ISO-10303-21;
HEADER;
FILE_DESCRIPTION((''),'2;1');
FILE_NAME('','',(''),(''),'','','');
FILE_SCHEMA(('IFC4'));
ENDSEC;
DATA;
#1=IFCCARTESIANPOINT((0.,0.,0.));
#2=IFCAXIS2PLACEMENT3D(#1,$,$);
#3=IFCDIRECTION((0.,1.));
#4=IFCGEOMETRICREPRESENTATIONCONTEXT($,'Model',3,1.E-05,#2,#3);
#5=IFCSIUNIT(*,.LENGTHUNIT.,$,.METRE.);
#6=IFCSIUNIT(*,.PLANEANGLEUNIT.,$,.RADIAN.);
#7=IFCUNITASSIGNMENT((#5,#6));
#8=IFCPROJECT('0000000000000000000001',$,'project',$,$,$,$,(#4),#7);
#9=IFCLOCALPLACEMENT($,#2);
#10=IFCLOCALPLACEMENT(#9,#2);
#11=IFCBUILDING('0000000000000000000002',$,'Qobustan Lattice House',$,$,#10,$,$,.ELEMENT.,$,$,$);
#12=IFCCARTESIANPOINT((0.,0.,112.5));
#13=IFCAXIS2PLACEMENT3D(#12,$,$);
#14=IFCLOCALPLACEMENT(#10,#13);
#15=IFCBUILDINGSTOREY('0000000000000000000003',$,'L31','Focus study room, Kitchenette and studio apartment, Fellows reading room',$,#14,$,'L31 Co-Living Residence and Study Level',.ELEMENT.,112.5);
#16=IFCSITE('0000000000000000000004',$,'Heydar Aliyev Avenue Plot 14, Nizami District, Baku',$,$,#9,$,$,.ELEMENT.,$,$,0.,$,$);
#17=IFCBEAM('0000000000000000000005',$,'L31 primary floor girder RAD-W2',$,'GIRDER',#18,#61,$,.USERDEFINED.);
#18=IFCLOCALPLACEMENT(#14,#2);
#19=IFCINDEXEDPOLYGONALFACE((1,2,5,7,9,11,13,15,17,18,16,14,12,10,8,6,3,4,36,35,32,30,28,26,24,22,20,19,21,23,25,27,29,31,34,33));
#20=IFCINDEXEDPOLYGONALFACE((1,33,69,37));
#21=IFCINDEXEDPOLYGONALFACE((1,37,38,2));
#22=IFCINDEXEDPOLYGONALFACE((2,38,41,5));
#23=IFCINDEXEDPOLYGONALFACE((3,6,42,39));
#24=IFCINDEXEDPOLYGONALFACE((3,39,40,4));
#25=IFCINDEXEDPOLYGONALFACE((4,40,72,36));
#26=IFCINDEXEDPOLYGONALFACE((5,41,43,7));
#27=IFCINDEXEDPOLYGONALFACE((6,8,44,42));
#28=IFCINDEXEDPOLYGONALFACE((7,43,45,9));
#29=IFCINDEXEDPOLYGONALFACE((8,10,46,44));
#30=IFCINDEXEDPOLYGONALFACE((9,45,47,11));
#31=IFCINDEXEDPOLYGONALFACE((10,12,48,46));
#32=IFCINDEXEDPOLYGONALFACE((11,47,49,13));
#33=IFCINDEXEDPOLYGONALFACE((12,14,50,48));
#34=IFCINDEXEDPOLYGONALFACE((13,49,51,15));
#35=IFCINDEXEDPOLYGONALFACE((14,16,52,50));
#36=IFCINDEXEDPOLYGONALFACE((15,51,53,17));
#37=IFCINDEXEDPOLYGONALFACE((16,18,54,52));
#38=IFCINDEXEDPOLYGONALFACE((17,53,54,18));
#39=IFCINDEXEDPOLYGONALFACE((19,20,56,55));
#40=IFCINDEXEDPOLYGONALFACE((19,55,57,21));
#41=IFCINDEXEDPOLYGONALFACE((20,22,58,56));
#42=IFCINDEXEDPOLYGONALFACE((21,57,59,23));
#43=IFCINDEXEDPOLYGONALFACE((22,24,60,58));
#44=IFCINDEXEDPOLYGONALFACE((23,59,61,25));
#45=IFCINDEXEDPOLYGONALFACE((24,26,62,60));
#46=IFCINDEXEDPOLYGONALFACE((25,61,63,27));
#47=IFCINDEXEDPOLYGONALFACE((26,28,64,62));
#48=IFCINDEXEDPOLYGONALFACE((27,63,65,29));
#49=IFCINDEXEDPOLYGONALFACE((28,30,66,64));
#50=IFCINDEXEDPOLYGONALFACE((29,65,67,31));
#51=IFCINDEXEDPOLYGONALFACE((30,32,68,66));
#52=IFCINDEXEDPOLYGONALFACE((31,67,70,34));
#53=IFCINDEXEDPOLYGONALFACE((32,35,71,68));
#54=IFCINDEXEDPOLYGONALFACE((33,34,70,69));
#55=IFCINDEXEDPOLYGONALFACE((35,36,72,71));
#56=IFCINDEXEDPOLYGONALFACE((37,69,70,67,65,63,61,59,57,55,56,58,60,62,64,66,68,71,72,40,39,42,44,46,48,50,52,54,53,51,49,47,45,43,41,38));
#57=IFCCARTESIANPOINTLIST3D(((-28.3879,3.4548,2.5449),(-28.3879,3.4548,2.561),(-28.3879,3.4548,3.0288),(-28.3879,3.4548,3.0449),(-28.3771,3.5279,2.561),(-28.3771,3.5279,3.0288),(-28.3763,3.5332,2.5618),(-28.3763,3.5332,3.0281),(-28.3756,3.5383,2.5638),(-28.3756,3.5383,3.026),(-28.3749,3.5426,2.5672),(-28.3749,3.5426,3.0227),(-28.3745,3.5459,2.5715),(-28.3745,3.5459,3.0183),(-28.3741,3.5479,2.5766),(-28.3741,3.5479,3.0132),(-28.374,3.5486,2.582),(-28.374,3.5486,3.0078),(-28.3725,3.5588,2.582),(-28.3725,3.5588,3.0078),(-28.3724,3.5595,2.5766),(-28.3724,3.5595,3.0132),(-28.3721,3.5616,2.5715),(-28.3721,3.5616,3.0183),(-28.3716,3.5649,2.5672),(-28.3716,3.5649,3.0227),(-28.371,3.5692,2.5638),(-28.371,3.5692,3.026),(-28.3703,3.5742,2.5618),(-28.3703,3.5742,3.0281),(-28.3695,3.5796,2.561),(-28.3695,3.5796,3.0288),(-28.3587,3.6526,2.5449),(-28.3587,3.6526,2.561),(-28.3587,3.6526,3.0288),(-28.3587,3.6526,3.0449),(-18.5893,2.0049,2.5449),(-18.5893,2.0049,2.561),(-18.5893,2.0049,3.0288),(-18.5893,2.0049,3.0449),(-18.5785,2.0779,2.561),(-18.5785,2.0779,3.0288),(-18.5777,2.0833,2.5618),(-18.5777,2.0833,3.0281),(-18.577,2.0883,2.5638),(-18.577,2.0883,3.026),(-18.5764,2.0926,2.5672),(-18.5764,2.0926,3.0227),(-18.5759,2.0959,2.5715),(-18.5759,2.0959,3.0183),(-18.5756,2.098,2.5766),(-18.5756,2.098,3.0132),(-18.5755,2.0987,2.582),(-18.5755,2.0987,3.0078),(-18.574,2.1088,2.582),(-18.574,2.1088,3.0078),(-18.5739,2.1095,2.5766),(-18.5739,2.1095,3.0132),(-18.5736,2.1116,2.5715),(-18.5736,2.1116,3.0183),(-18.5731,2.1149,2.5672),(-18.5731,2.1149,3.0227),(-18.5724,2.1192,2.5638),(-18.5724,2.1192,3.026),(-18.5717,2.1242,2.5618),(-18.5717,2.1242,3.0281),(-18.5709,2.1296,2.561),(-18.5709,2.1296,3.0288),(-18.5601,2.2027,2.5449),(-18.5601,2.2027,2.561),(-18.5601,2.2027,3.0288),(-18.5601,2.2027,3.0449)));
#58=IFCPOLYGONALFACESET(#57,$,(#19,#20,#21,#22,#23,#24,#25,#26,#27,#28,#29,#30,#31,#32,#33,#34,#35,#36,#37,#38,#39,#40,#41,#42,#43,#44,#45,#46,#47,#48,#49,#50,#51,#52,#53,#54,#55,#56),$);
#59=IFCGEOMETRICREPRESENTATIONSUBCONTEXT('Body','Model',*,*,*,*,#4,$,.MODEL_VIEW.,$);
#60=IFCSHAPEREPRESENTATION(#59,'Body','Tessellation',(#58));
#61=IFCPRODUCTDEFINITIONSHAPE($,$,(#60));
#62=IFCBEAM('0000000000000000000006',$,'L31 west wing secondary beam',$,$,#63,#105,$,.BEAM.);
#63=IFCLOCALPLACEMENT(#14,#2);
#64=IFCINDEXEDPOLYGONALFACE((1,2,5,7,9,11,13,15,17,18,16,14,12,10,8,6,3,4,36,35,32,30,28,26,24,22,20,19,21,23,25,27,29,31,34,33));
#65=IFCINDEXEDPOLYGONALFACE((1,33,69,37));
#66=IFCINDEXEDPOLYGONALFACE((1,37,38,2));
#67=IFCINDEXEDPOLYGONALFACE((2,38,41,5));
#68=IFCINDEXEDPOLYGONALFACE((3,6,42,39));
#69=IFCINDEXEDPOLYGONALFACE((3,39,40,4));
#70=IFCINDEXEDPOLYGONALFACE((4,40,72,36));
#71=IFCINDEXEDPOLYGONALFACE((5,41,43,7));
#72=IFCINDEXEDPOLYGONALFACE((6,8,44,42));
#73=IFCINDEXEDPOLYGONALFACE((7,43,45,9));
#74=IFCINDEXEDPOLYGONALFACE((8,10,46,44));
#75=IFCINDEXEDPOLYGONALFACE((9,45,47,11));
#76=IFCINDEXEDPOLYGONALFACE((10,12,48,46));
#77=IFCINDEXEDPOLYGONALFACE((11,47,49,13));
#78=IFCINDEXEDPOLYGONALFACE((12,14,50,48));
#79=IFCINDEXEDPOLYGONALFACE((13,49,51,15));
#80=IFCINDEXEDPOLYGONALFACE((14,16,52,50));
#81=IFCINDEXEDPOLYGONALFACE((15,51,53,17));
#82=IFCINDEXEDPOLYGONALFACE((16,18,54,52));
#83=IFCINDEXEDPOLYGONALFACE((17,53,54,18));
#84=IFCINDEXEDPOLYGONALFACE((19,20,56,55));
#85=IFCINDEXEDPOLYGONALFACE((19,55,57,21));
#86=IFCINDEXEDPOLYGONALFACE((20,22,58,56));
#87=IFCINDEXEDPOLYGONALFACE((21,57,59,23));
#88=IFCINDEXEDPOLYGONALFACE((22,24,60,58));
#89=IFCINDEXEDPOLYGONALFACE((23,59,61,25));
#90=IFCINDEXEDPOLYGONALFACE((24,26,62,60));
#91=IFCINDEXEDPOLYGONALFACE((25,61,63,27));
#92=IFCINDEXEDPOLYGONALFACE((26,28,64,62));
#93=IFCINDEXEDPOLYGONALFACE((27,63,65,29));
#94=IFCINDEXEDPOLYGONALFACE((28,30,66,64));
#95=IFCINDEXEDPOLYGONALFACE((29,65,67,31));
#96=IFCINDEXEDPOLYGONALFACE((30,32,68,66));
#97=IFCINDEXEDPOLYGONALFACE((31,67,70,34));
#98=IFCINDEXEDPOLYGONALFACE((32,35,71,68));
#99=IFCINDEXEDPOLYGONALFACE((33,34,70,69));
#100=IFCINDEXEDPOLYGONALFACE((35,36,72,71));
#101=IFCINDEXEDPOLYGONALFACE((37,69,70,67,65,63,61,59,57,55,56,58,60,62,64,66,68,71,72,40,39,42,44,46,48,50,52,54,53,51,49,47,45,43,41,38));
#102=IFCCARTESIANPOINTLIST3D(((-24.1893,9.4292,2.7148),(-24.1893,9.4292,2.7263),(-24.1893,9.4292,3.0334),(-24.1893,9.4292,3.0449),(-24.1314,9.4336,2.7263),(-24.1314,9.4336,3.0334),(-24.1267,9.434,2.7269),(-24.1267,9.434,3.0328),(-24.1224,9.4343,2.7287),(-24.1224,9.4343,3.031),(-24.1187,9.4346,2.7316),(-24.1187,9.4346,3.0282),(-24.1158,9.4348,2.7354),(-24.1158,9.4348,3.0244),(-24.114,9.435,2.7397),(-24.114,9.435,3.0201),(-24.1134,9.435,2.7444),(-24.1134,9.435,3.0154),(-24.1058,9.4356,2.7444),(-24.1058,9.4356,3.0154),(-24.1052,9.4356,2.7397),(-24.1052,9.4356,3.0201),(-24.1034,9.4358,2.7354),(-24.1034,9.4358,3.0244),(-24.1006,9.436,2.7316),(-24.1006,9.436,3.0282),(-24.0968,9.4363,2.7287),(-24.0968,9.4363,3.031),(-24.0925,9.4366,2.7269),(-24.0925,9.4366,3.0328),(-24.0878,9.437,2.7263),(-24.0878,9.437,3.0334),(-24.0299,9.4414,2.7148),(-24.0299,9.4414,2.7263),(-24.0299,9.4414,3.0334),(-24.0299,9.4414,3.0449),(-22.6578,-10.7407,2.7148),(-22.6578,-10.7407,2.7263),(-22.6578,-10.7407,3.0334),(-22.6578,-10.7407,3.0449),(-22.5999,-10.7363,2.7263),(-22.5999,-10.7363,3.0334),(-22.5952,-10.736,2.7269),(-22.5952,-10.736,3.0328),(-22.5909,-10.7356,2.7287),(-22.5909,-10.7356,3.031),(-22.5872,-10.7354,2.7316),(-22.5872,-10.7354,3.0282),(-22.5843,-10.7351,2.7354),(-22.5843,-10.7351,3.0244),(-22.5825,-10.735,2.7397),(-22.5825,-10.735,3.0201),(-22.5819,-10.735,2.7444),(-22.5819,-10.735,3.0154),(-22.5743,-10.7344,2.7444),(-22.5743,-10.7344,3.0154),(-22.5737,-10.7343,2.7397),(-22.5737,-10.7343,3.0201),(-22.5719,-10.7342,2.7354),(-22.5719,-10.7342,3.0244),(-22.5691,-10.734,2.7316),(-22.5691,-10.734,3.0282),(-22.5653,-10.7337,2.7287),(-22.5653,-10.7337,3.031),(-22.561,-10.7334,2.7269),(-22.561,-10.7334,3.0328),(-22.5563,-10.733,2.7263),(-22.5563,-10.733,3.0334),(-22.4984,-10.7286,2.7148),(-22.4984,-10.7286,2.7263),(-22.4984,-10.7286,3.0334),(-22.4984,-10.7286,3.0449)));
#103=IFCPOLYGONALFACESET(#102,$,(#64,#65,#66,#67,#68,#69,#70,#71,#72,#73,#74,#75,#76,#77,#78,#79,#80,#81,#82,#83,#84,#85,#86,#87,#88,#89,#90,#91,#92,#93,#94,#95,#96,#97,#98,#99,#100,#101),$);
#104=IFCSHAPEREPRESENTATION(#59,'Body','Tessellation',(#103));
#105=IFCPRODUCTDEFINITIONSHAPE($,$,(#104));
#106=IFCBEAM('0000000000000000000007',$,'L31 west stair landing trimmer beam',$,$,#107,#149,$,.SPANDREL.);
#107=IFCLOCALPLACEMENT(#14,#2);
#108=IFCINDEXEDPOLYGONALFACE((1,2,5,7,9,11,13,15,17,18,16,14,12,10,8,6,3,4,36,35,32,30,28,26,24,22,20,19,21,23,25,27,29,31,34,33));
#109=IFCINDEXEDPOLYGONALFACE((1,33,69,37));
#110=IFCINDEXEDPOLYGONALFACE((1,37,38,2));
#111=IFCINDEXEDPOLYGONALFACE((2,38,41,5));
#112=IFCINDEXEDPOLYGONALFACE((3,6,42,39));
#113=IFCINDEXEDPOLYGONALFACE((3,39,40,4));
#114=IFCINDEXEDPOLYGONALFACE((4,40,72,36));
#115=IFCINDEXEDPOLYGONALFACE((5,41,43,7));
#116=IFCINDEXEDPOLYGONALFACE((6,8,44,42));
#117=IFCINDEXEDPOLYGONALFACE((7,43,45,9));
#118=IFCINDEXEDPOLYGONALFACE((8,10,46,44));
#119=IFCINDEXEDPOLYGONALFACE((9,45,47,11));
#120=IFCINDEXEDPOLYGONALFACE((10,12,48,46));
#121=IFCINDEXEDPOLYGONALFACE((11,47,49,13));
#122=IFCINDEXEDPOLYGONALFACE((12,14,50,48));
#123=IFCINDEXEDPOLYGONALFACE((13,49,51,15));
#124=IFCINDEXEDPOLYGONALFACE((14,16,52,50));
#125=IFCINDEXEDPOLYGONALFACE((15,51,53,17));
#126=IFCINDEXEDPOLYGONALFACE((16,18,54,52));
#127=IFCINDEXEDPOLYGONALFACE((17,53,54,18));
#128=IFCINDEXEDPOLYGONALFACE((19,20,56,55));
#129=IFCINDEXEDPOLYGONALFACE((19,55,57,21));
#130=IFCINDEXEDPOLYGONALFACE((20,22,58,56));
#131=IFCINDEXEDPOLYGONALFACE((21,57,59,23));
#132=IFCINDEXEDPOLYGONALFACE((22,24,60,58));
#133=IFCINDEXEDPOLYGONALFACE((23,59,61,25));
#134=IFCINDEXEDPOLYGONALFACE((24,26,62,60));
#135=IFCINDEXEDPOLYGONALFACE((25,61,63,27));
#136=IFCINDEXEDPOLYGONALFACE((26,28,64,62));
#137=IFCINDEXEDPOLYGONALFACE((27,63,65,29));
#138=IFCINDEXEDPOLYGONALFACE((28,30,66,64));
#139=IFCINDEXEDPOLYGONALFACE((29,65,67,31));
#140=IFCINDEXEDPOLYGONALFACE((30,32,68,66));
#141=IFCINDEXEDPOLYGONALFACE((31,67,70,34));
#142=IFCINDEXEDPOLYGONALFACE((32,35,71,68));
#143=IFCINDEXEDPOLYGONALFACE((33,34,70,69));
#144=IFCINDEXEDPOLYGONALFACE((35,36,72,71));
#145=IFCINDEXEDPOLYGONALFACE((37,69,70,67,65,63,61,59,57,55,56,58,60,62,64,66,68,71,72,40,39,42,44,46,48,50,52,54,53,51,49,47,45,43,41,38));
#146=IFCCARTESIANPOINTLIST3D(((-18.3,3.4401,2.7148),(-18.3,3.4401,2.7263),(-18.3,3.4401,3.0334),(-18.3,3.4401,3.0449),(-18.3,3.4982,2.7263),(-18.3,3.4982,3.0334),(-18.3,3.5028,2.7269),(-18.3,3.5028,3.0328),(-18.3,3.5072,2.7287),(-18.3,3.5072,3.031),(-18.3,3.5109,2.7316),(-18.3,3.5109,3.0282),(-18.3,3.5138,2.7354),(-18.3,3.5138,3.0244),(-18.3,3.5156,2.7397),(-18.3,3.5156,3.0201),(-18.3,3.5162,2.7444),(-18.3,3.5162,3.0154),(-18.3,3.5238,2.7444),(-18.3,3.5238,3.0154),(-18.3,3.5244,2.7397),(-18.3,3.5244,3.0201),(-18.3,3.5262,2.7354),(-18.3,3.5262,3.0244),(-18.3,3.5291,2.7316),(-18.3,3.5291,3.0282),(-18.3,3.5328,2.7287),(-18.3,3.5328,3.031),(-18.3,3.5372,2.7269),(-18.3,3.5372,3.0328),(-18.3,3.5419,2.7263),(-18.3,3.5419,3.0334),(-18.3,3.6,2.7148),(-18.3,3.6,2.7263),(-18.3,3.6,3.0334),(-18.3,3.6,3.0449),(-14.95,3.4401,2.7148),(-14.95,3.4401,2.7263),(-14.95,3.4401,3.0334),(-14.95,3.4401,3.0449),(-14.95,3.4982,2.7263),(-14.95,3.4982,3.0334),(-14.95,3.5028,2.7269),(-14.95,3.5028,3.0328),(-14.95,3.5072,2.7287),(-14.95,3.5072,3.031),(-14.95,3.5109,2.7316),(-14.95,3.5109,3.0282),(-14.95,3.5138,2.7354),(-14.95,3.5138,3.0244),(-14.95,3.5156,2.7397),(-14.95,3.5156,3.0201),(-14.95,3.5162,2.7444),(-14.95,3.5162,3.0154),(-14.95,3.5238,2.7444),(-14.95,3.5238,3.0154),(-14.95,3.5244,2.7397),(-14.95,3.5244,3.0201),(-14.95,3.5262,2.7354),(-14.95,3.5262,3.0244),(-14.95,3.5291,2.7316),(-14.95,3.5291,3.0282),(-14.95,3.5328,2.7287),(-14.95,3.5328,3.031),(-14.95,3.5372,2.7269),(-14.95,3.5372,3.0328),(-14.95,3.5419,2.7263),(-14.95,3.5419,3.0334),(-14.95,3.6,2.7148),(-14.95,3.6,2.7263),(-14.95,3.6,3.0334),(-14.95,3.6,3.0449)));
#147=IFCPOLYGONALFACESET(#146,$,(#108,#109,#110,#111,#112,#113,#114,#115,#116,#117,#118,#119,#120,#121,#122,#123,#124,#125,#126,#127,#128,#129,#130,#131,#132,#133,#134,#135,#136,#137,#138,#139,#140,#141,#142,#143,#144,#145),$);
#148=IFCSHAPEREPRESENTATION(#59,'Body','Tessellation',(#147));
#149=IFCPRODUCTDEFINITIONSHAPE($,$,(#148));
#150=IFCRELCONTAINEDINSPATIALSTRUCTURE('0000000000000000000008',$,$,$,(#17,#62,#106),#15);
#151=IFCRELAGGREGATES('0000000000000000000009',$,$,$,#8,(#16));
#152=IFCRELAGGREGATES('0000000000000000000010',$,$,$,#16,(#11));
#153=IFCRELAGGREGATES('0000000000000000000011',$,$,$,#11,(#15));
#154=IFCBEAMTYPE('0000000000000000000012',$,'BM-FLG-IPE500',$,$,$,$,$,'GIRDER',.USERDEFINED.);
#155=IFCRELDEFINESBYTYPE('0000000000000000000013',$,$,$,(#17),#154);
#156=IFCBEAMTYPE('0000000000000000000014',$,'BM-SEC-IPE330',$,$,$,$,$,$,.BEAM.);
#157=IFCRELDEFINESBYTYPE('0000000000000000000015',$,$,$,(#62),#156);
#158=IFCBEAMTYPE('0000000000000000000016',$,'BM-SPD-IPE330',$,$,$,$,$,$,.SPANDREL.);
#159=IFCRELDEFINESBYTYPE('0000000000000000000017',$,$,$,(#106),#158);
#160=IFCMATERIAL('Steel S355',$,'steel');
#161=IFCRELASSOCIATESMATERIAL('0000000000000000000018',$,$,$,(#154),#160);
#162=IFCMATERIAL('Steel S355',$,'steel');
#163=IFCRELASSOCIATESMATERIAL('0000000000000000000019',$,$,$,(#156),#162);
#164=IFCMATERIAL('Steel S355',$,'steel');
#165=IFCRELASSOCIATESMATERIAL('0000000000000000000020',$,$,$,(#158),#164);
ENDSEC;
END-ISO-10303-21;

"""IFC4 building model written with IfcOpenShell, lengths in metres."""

from ifc_helpers import new_model, si_unit, direction, frame, origin, origin_2d, place, context, subcontext, project, spatial, i_section, extrude, material, material_profile, profile_set, type_object, element, save


model = new_model("IFC4")

# Units and contexts
model_context = context("Model", 3, precision=1e-05, world=origin(), true_north=direction((0.0, 1.0)))
body_context = subcontext(model_context, "Body", "Model", "MODEL_VIEW")
ifc_project = project(units=[si_unit("LENGTHUNIT", "METRE"), si_unit("PLANEANGLEUNIT", "RADIAN")], contexts=[model_context])

# Site, building, storey
site_placement = place(None, origin())
site = spatial("IfcSite", under=ifc_project, at=site_placement, Name="Heydar Aliyev Avenue Plot 14, Nizami District, Baku", CompositionType="ELEMENT", RefElevation=0.0)
building_placement = place(site_placement, origin())
building = spatial("IfcBuilding", under=site, at=building_placement, Name="Qobustan Lattice House", CompositionType="ELEMENT")
storey_placement = place(building_placement, frame((0.0, 0.0, 112.5)))
storey = spatial("IfcBuildingStorey", under=building, at=storey_placement, Name="L31", Description="Focus study room, Kitchenette and studio apartment, Fellows reading room", LongName="L31 Co-Living Residence and Study Level", CompositionType="ELEMENT", Elevation=112.5)

# Beams
ifc_material_1 = material(Name="Steel S355", Category="steel")
ifc_material_profile_1 = material_profile(ifc_material_1, i_section(OverallWidth=0.2, OverallDepth=0.5, WebThickness=0.0103, FlangeThickness=0.0161, FilletRadius=0.021, at=origin_2d()), Name="IPE500")
ifc_profile_set_1 = profile_set([ifc_material_profile_1], Name="Steel S355")
beam_type_1 = type_object("IfcBeamType", Name="BM-FLG-IPE500", ElementType="GIRDER", PredefinedType="USERDEFINED", material=ifc_profile_set_1)
beam_1_placement = place(storey_placement, frame((-28.3733, 3.5537, 2.7949), z_axis=(0.989228, -0.146382, 0.0), x_axis=(0.146382, 0.989228, 0.0)))
element("IfcBeam", 1, at=beam_1_placement, inside=storey, type_object=beam_type_1, Name="L31 primary floor girder RAD-W2", ObjectType="GIRDER", PredefinedType="USERDEFINED", context=body_context, shape_type="SweptSolid", body=[
    extrude(i_section(OverallWidth=0.2, OverallDepth=0.5, WebThickness=0.0103, FlangeThickness=0.0161, FilletRadius=0.021, at=origin_2d()), origin(), (0.0, 0.0, 1.0), 9.9053),
])
ifc_material_2 = material(Name="Steel S355", Category="steel")
ifc_material_profile_2 = material_profile(ifc_material_2, i_section(OverallWidth=0.1599, OverallDepth=0.3301, WebThickness=0.0076, FlangeThickness=0.0115, FilletRadius=0.0181, at=origin_2d()), Name="IPE330")
ifc_profile_set_2 = profile_set([ifc_material_profile_2], Name="Steel S355")
beam_type_2 = type_object("IfcBeamType", Name="BM-SEC-IPE330", PredefinedType="BEAM", material=ifc_profile_set_2)
beam_2_placement = place(storey_placement, frame((-24.1096, 9.4353, 2.8799), z_axis=(0.075712, -0.99713, 0.0), x_axis=(0.99713, 0.075712, 0.0)))
element("IfcBeam", 2, at=beam_2_placement, inside=storey, type_object=beam_type_2, Name="L31 west wing secondary beam", PredefinedType="BEAM", context=body_context, shape_type="SweptSolid", body=[
    extrude(i_section(OverallWidth=0.1599, OverallDepth=0.3301, WebThickness=0.0076, FlangeThickness=0.0115, FilletRadius=0.0181, at=origin_2d()), origin(), (0.0, 0.0, 1.0), 20.228),
])
ifc_material_3 = material(Name="Steel S355", Category="steel")
ifc_material_profile_3 = material_profile(ifc_material_3, i_section(OverallWidth=0.1599, OverallDepth=0.3301, WebThickness=0.0076, FlangeThickness=0.0115, FilletRadius=0.0181, at=origin_2d()), Name="IPE330")
ifc_profile_set_3 = profile_set([ifc_material_profile_3], Name="Steel S355")
beam_type_3 = type_object("IfcBeamType", Name="BM-SPD-IPE330", PredefinedType="SPANDREL", material=ifc_profile_set_3)
beam_3_placement = place(storey_placement, frame((-18.3, 3.52, 2.8799), z_axis=(1.0, 0.0, 0.0), x_axis=(0.0, 1.0, 0.0)))
element("IfcBeam", 3, at=beam_3_placement, inside=storey, type_object=beam_type_3, Name="L31 west stair landing trimmer beam", PredefinedType="SPANDREL", context=body_context, shape_type="SweptSolid", body=[
    extrude(i_section(OverallWidth=0.1599, OverallDepth=0.3301, WebThickness=0.0076, FlangeThickness=0.0115, FilletRadius=0.0181, at=origin_2d()), origin(), (0.0, 0.0, 1.0), 3.3501),
])

save(model, "model.ifc")
